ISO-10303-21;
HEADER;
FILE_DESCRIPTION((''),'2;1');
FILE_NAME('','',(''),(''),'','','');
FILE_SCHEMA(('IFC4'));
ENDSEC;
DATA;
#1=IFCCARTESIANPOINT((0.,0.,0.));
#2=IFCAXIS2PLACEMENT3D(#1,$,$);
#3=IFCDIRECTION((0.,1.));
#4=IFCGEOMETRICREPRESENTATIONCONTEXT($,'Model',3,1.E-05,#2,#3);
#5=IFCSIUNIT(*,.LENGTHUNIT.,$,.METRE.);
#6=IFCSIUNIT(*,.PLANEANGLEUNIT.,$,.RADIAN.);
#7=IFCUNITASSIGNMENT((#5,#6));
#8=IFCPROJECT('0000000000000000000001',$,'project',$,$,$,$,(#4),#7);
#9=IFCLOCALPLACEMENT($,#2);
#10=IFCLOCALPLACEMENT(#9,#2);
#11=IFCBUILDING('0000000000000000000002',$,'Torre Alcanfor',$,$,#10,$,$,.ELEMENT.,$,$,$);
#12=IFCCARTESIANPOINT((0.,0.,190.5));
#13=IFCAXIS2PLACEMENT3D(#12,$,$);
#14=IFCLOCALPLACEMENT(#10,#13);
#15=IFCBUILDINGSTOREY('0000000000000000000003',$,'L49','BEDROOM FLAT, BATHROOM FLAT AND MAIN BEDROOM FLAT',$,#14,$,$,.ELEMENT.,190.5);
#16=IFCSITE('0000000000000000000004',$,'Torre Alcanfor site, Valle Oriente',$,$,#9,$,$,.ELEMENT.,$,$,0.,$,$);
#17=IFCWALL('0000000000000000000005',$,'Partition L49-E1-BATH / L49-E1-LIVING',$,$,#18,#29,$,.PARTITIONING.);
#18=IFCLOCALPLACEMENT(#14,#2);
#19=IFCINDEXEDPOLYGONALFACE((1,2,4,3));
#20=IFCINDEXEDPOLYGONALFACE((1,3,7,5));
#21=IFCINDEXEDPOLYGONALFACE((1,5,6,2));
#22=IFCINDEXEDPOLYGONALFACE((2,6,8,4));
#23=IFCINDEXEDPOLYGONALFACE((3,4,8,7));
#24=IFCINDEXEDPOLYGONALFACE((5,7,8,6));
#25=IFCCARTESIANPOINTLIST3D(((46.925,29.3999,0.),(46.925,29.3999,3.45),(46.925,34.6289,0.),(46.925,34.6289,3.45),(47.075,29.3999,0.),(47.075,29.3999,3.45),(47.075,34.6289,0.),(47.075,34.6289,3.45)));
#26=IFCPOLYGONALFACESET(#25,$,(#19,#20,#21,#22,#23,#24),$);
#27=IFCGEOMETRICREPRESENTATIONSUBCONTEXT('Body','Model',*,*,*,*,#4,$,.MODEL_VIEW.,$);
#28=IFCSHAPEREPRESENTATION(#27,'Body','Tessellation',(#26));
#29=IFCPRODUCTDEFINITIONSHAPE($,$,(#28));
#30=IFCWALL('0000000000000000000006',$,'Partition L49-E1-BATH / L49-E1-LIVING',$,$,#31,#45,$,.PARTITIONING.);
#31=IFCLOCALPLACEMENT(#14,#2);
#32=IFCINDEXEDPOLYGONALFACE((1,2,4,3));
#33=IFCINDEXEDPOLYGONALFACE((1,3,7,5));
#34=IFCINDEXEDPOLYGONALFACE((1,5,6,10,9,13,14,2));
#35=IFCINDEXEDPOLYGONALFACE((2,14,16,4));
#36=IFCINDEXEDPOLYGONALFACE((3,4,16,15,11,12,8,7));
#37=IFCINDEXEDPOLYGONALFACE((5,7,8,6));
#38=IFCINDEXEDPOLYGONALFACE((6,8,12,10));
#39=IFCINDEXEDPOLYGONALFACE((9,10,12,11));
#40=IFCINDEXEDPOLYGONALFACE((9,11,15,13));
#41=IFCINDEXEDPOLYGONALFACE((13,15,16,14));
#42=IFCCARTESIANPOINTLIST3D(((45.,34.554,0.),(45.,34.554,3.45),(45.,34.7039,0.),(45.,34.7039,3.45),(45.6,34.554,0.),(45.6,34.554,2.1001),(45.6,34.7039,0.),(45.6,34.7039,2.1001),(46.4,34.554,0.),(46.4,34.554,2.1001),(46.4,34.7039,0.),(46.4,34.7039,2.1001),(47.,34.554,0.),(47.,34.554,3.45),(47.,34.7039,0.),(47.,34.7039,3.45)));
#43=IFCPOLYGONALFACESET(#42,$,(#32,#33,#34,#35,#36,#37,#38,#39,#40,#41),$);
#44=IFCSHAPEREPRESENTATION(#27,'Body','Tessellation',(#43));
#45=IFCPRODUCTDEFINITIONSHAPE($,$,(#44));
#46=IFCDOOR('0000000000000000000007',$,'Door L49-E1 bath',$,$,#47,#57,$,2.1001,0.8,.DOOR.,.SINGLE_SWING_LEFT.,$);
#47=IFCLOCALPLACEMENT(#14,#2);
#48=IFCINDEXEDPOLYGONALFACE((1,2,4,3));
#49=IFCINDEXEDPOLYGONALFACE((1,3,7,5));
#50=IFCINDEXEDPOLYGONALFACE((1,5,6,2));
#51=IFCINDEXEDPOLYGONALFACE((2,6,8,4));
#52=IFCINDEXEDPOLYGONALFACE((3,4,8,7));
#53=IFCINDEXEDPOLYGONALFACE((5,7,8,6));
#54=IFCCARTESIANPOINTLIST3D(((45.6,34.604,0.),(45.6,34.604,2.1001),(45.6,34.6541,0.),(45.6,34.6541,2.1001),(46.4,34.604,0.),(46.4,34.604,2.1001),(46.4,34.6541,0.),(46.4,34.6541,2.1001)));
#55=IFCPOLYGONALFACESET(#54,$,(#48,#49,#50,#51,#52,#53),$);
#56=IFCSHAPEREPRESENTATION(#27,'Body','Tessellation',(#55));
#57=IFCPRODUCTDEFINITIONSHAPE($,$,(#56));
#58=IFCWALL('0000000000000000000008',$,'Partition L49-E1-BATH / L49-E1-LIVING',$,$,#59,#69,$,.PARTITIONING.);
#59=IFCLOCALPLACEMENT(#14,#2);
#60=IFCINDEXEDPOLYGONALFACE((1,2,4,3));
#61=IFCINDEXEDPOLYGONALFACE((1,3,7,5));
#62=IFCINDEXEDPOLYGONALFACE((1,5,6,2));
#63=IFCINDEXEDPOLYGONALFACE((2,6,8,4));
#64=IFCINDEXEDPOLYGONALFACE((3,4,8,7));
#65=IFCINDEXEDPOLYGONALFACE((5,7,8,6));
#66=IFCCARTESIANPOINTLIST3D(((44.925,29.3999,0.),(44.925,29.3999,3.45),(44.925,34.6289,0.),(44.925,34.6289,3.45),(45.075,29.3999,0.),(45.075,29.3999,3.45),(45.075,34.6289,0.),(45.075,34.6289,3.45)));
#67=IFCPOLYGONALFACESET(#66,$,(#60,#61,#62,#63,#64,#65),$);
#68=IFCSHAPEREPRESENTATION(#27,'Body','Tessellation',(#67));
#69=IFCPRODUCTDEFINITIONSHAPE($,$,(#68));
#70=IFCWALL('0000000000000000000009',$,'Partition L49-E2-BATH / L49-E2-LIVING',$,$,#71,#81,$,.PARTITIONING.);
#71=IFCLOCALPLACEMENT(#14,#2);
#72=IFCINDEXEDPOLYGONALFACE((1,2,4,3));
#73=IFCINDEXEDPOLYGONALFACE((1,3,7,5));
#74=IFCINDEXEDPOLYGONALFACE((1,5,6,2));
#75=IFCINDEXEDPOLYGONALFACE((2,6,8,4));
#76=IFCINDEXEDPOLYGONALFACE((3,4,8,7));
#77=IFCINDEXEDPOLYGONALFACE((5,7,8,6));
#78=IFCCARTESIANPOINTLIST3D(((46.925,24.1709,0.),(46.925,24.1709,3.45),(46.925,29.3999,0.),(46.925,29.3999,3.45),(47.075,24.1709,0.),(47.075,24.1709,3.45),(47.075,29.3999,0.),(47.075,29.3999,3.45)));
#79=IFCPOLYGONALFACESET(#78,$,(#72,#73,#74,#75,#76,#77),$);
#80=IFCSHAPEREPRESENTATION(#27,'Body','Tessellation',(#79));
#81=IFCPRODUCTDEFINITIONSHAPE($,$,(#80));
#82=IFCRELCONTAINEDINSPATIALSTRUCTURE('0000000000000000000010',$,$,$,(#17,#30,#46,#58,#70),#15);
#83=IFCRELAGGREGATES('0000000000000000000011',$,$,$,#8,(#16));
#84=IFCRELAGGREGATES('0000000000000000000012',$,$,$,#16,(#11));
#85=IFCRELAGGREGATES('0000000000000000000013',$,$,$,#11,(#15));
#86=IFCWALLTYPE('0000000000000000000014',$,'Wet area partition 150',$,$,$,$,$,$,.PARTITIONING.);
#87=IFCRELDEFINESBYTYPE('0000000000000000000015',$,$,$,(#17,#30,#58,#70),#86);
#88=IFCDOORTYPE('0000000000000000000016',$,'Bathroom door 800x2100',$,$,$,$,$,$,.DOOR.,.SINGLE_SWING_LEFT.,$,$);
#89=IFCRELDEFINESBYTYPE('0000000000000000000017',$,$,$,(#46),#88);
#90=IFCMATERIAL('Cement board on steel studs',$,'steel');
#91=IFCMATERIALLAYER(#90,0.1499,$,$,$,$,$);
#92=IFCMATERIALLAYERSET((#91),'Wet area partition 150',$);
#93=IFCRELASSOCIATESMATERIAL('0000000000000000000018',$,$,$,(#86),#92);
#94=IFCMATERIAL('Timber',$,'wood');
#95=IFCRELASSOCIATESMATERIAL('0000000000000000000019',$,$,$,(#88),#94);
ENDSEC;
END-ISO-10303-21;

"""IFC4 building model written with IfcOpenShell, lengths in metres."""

from ifc_helpers import new_model, si_unit, direction, frame, frame_2d, origin, place, context, subcontext, project, spatial, rectangle, extrude, material, layer, layer_set, type_object, element, fill, save


model = new_model("IFC4")

# Units and contexts
model_context = context("Model", 3, precision=1e-05, world=origin(), true_north=direction((0.0, 1.0)))
body_context = subcontext(model_context, "Body", "Model", "MODEL_VIEW")
ifc_project = project(units=[si_unit("LENGTHUNIT", "METRE"), si_unit("PLANEANGLEUNIT", "RADIAN")], contexts=[model_context])

# Site, building, storey
site_placement = place(None, origin())
site = spatial("IfcSite", under=ifc_project, at=site_placement, Name="Torre Alcanfor site, Valle Oriente", CompositionType="ELEMENT", RefElevation=0.0)
building_placement = place(site_placement, origin())
building = spatial("IfcBuilding", under=site, at=building_placement, Name="Torre Alcanfor", CompositionType="ELEMENT")
storey_placement = place(building_placement, frame((0.0, 0.0, 190.5)))
storey = spatial("IfcBuildingStorey", under=building, at=storey_placement, Name="L49", Description="BEDROOM FLAT, BATHROOM FLAT AND MAIN BEDROOM FLAT", CompositionType="ELEMENT", Elevation=190.5)

# Wall
ifc_material_1 = material(Name="Cement board on steel studs", Category="steel")
ifc_layer_1 = layer(ifc_material_1, 0.1499)
ifc_layer_set_1 = layer_set([ifc_layer_1], Name="Wet area partition 150")
wall_type_1 = type_object("IfcWallType", Name="Wet area partition 150", PredefinedType="PARTITIONING", material=ifc_layer_set_1)
wall_1_placement = place(storey_placement, frame((47.0, 29.3999, 0.0), z_axis=(0.0, 0.0, 1.0), x_axis=(0.0, 1.0, 0.0)))
element("IfcWall", 1, at=wall_1_placement, inside=storey, type_object=wall_type_1, Name="Partition L49-E1-BATH / L49-E1-LIVING", PredefinedType="PARTITIONING", context=body_context, shape_type="SweptSolid", body=[
    extrude(rectangle(XDim=5.229, YDim=0.1499, at=frame_2d((2.6145, 0.0))), origin(), (0.0, 0.0, 1.0), 3.45),
])

# Wall, opening, door
wall_2_placement = place(storey_placement, frame((47.0, 34.6289, 0.0), z_axis=(0.0, 0.0, 1.0), x_axis=(-1.0, 0.0, 0.0)))
wall_2 = element("IfcWall", 2, at=wall_2_placement, inside=storey, type_object=wall_type_1, Name="Partition L49-E1-BATH / L49-E1-LIVING", PredefinedType="PARTITIONING", context=body_context, shape_type="SweptSolid", body=[
    extrude(rectangle(XDim=2.0, YDim=0.1499, at=frame_2d((1.0, 0.0))), origin(), (0.0, 0.0, 1.0), 3.45),
])
opening_1_placement = place(wall_2_placement, frame((0.6001, 0.0, 0.0)))
opening_1 = element("IfcOpeningElement", 3, at=opening_1_placement, cuts=wall_2, PredefinedType="OPENING", context=body_context, shape_type="SweptSolid", body=[
    extrude(rectangle(XDim=0.8, YDim=2.1001, at=frame_2d((0.3999, 1.05))), frame((0.0, 0.085, 0.0), z_axis=(0.0, -1.0, 0.0), x_axis=(1.0, 0.0, 0.0)), (0.0, 0.0, 1.0), 0.1699),
])
ifc_material_2 = material(Name="Timber", Category="wood")
door_type_1 = type_object("IfcDoorType", Name="Bathroom door 800x2100", OperationType="SINGLE_SWING_LEFT", PredefinedType="DOOR", material=ifc_material_2)
door_1_placement = place(opening_1_placement, origin())
door_1 = element("IfcDoor", 4, at=door_1_placement, inside=storey, type_object=door_type_1, Name="Door L49-E1 bath", OperationType="SINGLE_SWING_LEFT", OverallHeight=2.1001, OverallWidth=0.8, PredefinedType="DOOR", context=body_context, shape_type="SweptSolid", body=[
    extrude(rectangle(XDim=0.8, YDim=2.1001, at=frame_2d((0.3999, 1.05))), frame((0.0, 0.0249, 0.0), z_axis=(0.0, -1.0, 0.0), x_axis=(1.0, 0.0, 0.0)), (0.0, 0.0, 1.0), 0.05),
])
fill(opening_1, door_1)

# Walls
for number, where, z_axis, x_axis, name in (
    (5, (45.0, 34.6289, 0.0), (0.0, 0.0, 1.0), (0.0, -1.0, 0.0), "Partition L49-E1-BATH / L49-E1-LIVING"),
    (6, (47.0, 29.3999, 0.0), (0.0, 0.0, 1.0), (0.0, -1.0, 0.0), "Partition L49-E2-BATH / L49-E2-LIVING"),
):
    element("IfcWall", number, at=place(storey_placement, frame(where, z_axis=z_axis, x_axis=x_axis)), inside=storey, type_object=wall_type_1, Name=name, PredefinedType="PARTITIONING", context=body_context, shape_type="SweptSolid", body=[
        extrude(rectangle(XDim=5.229, YDim=0.1499, at=frame_2d((2.6145, 0.0))), origin(), (0.0, 0.0, 1.0), 3.45),
    ])

save(model, "model.ifc")
